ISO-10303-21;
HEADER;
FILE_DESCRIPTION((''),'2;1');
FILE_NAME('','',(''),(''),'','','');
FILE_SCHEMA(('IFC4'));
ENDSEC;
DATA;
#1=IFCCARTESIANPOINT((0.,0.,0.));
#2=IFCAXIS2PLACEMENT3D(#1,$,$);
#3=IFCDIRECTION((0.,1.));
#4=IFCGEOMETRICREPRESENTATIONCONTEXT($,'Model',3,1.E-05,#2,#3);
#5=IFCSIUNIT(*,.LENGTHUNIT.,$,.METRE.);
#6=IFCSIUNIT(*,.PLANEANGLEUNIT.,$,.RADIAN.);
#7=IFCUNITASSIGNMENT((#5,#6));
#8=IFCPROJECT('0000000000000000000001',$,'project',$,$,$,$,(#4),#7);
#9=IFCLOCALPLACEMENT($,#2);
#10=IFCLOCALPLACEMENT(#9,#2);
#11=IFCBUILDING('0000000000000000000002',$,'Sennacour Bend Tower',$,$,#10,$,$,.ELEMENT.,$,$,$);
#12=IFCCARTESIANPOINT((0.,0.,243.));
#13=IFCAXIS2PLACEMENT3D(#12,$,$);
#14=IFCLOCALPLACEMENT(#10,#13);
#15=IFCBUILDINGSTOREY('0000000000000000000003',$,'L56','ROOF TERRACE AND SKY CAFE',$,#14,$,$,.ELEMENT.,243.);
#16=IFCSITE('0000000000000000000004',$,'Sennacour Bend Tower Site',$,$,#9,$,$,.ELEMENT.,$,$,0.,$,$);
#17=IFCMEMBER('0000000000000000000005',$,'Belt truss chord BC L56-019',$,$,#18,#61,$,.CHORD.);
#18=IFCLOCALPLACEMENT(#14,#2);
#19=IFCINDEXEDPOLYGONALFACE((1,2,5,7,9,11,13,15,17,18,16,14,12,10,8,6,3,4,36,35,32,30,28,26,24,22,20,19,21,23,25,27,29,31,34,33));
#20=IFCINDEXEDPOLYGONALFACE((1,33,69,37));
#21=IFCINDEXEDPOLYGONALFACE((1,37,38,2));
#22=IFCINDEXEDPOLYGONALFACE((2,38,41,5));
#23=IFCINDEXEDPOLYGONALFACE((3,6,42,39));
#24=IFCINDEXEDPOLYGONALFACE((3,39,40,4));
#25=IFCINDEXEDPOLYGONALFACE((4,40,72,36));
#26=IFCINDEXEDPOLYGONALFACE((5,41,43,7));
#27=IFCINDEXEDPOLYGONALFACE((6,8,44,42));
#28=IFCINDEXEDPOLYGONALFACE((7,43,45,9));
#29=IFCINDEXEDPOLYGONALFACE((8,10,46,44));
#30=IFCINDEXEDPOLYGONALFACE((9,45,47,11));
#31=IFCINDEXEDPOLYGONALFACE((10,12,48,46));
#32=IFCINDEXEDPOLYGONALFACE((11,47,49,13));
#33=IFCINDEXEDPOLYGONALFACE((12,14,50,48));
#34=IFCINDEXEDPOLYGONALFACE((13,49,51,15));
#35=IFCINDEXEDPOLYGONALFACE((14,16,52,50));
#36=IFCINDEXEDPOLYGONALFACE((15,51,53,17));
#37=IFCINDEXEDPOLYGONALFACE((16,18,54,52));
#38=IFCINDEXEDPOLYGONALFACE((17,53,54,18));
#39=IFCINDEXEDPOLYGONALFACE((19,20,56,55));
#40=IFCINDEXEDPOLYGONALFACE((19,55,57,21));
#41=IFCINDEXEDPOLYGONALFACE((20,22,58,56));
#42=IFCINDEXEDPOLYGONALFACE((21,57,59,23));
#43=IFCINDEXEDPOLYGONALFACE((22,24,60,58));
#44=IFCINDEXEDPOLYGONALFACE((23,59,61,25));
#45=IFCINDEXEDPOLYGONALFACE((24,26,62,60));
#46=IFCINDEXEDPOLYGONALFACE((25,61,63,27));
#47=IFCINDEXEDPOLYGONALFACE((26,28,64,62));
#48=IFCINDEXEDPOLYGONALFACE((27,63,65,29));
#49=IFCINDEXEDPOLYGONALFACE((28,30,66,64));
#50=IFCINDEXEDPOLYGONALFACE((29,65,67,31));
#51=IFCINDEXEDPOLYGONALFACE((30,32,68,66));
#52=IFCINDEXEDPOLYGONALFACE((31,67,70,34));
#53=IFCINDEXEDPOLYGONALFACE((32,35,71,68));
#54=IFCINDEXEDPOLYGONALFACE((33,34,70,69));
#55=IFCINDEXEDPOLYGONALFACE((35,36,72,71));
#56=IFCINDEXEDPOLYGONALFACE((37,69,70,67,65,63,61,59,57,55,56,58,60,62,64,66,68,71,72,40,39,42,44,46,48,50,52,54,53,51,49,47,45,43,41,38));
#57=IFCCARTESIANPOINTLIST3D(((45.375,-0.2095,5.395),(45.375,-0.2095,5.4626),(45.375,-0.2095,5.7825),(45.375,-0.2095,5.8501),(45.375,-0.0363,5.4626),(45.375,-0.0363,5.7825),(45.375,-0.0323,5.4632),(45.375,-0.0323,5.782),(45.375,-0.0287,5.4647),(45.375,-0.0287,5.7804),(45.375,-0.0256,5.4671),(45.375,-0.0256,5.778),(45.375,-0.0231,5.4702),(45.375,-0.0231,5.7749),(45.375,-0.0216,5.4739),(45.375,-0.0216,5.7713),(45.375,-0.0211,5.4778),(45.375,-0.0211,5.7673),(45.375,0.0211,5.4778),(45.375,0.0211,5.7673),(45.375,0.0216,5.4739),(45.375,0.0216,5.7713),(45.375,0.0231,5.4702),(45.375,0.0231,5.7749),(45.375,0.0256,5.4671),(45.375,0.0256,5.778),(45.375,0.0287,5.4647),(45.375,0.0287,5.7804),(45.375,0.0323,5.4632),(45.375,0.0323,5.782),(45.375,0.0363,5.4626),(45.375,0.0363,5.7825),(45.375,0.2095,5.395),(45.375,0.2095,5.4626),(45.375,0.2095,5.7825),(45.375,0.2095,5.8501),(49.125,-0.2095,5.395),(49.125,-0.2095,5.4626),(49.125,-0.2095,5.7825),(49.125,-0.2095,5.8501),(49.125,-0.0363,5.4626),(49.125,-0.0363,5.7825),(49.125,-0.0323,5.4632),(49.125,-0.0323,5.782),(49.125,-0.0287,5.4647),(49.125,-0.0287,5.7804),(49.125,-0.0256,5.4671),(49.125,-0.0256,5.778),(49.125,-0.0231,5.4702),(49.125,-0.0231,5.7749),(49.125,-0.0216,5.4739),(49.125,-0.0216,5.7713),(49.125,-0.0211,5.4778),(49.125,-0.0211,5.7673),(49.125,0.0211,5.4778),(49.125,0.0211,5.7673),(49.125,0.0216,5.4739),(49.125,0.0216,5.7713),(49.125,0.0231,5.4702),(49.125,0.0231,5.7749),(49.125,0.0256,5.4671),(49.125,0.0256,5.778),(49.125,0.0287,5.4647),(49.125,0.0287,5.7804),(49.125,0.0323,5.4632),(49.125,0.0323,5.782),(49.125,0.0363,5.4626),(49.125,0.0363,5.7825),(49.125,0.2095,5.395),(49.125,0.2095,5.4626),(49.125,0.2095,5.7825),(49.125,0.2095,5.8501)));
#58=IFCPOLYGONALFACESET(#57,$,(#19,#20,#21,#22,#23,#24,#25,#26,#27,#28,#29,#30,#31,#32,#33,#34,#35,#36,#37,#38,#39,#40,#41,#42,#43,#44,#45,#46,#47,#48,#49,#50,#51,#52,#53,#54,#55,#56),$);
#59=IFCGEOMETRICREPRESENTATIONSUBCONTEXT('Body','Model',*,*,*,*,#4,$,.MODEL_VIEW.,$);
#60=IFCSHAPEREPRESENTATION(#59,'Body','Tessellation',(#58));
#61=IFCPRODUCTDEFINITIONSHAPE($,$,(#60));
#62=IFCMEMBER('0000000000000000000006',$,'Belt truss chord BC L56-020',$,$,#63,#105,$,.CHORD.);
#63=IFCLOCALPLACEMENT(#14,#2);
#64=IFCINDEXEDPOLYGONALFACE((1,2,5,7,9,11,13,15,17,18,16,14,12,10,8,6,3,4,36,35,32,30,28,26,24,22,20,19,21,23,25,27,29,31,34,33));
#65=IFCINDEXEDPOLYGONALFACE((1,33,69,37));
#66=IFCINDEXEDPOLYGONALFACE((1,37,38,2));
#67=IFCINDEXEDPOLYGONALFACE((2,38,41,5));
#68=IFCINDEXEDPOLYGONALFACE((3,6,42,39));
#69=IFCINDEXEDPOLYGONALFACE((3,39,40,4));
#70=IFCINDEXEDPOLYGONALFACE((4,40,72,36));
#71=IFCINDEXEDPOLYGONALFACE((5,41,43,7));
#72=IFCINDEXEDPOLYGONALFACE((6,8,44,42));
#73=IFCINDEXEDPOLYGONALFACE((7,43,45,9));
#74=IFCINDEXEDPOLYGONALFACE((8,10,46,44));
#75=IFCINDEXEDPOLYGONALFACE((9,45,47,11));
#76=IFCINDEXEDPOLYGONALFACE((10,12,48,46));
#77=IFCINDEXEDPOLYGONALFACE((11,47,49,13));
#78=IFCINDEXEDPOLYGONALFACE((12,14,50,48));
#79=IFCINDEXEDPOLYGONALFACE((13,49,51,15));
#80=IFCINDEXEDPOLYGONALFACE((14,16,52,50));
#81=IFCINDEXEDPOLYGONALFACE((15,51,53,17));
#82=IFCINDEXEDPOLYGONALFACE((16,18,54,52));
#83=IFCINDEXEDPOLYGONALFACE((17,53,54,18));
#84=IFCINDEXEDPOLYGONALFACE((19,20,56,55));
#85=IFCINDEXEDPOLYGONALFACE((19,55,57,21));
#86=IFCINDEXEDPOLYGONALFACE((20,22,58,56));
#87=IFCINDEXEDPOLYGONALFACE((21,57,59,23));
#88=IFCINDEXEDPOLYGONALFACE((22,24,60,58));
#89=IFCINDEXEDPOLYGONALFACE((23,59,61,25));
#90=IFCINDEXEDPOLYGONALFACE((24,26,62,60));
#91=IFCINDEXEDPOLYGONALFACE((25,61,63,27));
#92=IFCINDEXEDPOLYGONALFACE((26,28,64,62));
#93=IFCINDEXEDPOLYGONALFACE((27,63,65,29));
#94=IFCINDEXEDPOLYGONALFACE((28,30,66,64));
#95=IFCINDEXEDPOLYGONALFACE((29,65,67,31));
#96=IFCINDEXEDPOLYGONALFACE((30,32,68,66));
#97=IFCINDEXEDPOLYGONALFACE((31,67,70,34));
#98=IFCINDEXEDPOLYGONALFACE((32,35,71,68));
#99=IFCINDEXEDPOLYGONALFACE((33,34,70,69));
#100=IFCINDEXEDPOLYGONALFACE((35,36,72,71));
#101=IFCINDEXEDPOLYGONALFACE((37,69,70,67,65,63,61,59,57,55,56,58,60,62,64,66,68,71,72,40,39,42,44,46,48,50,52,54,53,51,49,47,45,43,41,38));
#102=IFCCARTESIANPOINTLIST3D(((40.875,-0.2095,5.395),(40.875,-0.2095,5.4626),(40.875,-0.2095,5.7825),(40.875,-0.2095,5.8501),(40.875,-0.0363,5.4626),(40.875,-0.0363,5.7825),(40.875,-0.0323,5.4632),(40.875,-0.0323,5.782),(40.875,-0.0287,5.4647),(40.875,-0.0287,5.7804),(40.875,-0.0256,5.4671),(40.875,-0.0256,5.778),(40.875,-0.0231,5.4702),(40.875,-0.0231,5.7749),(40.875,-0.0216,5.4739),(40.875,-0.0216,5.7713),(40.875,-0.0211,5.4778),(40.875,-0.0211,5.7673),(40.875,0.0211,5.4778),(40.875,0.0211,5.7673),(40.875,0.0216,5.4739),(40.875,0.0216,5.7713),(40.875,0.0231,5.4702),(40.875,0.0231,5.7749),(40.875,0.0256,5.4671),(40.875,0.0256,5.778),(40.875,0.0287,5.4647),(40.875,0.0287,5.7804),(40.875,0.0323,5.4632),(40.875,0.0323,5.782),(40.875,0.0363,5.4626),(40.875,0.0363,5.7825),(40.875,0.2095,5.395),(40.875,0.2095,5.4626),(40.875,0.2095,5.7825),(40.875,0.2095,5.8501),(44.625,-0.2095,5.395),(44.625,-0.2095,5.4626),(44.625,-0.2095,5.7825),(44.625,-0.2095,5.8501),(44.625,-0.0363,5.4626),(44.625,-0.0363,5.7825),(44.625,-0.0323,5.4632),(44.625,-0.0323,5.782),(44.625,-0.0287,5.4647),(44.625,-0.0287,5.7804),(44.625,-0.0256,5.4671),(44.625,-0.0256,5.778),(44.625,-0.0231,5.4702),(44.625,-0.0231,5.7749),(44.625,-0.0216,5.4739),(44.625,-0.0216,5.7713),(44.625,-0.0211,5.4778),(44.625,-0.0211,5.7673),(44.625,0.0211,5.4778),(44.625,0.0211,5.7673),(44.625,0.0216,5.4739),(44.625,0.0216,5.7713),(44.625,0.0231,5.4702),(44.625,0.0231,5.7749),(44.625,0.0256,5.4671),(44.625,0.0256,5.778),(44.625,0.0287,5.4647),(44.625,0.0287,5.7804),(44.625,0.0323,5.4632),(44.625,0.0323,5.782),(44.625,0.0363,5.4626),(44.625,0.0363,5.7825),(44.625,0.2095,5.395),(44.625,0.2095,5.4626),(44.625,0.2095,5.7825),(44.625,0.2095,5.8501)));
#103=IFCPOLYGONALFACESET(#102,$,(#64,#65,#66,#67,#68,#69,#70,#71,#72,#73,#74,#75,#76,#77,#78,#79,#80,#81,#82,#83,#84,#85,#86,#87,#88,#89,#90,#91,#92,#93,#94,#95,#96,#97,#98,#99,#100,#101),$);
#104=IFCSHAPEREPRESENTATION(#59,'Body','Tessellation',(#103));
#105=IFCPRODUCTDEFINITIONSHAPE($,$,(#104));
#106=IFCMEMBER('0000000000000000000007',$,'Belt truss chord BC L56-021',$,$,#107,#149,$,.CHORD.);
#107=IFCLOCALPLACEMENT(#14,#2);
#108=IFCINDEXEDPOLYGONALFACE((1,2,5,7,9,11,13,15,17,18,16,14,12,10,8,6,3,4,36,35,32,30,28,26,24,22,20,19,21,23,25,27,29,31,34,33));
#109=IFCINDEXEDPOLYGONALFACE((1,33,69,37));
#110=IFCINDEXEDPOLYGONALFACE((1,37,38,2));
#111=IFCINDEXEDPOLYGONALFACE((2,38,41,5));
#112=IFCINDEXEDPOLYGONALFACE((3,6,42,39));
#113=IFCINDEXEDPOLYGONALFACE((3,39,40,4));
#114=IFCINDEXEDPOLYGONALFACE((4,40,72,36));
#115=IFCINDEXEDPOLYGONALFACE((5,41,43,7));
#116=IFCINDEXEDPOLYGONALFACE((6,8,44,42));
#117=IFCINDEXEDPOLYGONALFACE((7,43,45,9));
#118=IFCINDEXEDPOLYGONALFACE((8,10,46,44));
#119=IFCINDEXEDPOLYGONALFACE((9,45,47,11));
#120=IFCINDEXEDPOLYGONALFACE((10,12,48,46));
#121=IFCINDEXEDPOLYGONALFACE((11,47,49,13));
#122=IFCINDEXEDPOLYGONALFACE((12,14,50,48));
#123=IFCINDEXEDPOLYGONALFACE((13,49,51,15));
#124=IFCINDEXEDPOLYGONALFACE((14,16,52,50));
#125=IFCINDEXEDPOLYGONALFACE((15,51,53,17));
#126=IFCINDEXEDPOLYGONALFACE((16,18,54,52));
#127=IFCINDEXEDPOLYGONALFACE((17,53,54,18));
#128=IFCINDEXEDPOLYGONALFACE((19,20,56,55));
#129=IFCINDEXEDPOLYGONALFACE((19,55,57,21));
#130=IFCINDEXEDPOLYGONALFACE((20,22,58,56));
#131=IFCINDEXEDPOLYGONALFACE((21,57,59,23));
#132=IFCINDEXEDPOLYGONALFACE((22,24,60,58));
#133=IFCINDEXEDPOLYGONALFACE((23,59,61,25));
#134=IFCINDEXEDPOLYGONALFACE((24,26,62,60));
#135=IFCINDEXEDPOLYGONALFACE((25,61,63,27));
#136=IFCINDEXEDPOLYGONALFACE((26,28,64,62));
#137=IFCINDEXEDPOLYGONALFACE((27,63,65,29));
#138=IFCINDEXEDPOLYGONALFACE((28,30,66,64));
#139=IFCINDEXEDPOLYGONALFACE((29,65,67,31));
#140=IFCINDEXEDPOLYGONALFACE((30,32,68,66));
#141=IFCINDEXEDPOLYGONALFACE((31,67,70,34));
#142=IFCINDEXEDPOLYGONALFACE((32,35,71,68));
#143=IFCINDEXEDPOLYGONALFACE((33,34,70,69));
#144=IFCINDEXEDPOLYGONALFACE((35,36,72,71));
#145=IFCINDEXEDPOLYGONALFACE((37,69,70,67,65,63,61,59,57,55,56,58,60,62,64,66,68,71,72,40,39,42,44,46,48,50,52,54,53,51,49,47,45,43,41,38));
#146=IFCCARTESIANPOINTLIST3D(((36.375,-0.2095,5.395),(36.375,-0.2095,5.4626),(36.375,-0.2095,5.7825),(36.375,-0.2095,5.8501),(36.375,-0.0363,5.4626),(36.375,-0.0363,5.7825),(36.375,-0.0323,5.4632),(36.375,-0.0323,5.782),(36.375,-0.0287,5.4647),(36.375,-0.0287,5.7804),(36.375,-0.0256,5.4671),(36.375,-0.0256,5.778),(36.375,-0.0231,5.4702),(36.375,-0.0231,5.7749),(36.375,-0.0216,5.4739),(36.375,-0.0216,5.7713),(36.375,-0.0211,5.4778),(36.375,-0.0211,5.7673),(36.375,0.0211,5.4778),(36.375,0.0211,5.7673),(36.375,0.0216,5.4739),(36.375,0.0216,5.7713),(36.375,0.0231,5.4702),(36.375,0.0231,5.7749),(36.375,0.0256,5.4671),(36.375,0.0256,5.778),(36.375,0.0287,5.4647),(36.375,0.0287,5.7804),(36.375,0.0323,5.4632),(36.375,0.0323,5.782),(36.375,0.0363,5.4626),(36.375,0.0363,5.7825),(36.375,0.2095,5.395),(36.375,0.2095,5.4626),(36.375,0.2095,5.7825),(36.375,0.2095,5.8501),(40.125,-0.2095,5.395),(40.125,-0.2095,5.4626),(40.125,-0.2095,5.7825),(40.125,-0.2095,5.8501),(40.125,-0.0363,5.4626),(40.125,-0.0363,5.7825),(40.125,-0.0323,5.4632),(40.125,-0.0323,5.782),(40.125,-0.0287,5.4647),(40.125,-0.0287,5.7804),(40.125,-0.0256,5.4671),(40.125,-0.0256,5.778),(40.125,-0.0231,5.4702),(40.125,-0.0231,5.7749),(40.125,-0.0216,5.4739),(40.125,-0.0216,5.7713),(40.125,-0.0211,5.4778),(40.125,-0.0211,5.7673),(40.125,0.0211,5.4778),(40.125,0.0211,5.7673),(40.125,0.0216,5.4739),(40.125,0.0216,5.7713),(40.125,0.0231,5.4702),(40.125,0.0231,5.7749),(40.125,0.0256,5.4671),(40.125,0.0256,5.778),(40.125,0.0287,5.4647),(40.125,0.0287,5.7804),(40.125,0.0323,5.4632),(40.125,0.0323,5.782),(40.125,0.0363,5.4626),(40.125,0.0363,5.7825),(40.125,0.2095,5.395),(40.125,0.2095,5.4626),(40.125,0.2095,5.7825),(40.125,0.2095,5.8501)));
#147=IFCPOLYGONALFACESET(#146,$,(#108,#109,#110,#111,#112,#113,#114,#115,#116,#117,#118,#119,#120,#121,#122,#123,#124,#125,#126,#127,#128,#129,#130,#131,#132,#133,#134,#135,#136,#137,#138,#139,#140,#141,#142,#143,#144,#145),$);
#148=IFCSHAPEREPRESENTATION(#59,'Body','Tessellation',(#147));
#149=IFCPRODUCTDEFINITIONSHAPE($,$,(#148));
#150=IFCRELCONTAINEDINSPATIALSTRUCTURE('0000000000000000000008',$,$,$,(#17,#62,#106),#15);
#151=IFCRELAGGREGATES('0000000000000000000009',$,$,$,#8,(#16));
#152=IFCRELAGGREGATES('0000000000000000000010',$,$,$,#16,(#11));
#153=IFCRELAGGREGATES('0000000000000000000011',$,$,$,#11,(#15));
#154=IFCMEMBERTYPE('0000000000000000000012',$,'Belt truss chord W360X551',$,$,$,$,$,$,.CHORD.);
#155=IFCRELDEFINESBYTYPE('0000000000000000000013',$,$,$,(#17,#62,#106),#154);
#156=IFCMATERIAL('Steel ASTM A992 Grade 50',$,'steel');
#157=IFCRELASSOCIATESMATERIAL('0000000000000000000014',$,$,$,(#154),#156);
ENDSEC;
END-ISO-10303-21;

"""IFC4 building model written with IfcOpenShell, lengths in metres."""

from ifc_helpers import new_model, si_unit, direction, frame, origin, origin_2d, place, context, subcontext, project, spatial, i_section, extrude, material, material_profile, profile_set, type_object, element, save


model = new_model("IFC4")

# Units and contexts
model_context = context("Model", 3, precision=1e-05, world=origin(), true_north=direction((0.0, 1.0)))
body_context = subcontext(model_context, "Body", "Model", "MODEL_VIEW")
ifc_project = project(units=[si_unit("LENGTHUNIT", "METRE"), si_unit("PLANEANGLEUNIT", "RADIAN")], contexts=[model_context])

# Site, building, storey
site_placement = place(None, origin())
site = spatial("IfcSite", under=ifc_project, at=site_placement, Name="Sennacour Bend Tower Site", CompositionType="ELEMENT", RefElevation=0.0)
building_placement = place(site_placement, origin())
building = spatial("IfcBuilding", under=site, at=building_placement, Name="Sennacour Bend Tower", CompositionType="ELEMENT")
storey_placement = place(building_placement, frame((0.0, 0.0, 243.0)))
storey = spatial("IfcBuildingStorey", under=building, at=storey_placement, Name="L56", Description="ROOF TERRACE AND SKY CAFE", CompositionType="ELEMENT", Elevation=243.0)

# Members
ifc_material_1 = material(Name="Steel ASTM A992 Grade 50", Category="steel")
ifc_material_profile_1 = material_profile(ifc_material_1, i_section(OverallWidth=0.4189, OverallDepth=0.4551, WebThickness=0.0422, FlangeThickness=0.0676, FilletRadius=0.0151, at=origin_2d()), Name="Steel ASTM A992 Grade 50", Category="steel")
ifc_profile_set_1 = profile_set([ifc_material_profile_1], Name="Steel ASTM A992 Grade 50")
member_type_1 = type_object("IfcMemberType", Name="Belt truss chord W360X551", PredefinedType="CHORD", material=ifc_profile_set_1)
for number, where, z_axis, x_axis, name in (
    (1, (49.125, 0.0, 5.6226), (-1.0, 0.0, 0.0), (0.0, -1.0, 0.0), "Belt truss chord BC L56-019"),
    (2, (44.625, 0.0, 5.6226), (-1.0, 0.0, 0.0), (0.0, -1.0, 0.0), "Belt truss chord BC L56-020"),
    (3, (40.125, 0.0, 5.6226), (-1.0, 0.0, 0.0), (0.0, -1.0, 0.0), "Belt truss chord BC L56-021"),
):
    element("IfcMember", number, at=place(storey_placement, frame(where, z_axis=z_axis, x_axis=x_axis)), inside=storey, type_object=member_type_1, Name=name, PredefinedType="CHORD", context=body_context, shape_type="SweptSolid", body=[
        extrude(i_section(OverallWidth=0.4189, OverallDepth=0.4551, WebThickness=0.0422, FlangeThickness=0.0676, FilletRadius=0.0151, at=origin_2d()), origin(), (0.0, 0.0, 1.0), 3.75),
    ])

save(model, "model.ifc")
